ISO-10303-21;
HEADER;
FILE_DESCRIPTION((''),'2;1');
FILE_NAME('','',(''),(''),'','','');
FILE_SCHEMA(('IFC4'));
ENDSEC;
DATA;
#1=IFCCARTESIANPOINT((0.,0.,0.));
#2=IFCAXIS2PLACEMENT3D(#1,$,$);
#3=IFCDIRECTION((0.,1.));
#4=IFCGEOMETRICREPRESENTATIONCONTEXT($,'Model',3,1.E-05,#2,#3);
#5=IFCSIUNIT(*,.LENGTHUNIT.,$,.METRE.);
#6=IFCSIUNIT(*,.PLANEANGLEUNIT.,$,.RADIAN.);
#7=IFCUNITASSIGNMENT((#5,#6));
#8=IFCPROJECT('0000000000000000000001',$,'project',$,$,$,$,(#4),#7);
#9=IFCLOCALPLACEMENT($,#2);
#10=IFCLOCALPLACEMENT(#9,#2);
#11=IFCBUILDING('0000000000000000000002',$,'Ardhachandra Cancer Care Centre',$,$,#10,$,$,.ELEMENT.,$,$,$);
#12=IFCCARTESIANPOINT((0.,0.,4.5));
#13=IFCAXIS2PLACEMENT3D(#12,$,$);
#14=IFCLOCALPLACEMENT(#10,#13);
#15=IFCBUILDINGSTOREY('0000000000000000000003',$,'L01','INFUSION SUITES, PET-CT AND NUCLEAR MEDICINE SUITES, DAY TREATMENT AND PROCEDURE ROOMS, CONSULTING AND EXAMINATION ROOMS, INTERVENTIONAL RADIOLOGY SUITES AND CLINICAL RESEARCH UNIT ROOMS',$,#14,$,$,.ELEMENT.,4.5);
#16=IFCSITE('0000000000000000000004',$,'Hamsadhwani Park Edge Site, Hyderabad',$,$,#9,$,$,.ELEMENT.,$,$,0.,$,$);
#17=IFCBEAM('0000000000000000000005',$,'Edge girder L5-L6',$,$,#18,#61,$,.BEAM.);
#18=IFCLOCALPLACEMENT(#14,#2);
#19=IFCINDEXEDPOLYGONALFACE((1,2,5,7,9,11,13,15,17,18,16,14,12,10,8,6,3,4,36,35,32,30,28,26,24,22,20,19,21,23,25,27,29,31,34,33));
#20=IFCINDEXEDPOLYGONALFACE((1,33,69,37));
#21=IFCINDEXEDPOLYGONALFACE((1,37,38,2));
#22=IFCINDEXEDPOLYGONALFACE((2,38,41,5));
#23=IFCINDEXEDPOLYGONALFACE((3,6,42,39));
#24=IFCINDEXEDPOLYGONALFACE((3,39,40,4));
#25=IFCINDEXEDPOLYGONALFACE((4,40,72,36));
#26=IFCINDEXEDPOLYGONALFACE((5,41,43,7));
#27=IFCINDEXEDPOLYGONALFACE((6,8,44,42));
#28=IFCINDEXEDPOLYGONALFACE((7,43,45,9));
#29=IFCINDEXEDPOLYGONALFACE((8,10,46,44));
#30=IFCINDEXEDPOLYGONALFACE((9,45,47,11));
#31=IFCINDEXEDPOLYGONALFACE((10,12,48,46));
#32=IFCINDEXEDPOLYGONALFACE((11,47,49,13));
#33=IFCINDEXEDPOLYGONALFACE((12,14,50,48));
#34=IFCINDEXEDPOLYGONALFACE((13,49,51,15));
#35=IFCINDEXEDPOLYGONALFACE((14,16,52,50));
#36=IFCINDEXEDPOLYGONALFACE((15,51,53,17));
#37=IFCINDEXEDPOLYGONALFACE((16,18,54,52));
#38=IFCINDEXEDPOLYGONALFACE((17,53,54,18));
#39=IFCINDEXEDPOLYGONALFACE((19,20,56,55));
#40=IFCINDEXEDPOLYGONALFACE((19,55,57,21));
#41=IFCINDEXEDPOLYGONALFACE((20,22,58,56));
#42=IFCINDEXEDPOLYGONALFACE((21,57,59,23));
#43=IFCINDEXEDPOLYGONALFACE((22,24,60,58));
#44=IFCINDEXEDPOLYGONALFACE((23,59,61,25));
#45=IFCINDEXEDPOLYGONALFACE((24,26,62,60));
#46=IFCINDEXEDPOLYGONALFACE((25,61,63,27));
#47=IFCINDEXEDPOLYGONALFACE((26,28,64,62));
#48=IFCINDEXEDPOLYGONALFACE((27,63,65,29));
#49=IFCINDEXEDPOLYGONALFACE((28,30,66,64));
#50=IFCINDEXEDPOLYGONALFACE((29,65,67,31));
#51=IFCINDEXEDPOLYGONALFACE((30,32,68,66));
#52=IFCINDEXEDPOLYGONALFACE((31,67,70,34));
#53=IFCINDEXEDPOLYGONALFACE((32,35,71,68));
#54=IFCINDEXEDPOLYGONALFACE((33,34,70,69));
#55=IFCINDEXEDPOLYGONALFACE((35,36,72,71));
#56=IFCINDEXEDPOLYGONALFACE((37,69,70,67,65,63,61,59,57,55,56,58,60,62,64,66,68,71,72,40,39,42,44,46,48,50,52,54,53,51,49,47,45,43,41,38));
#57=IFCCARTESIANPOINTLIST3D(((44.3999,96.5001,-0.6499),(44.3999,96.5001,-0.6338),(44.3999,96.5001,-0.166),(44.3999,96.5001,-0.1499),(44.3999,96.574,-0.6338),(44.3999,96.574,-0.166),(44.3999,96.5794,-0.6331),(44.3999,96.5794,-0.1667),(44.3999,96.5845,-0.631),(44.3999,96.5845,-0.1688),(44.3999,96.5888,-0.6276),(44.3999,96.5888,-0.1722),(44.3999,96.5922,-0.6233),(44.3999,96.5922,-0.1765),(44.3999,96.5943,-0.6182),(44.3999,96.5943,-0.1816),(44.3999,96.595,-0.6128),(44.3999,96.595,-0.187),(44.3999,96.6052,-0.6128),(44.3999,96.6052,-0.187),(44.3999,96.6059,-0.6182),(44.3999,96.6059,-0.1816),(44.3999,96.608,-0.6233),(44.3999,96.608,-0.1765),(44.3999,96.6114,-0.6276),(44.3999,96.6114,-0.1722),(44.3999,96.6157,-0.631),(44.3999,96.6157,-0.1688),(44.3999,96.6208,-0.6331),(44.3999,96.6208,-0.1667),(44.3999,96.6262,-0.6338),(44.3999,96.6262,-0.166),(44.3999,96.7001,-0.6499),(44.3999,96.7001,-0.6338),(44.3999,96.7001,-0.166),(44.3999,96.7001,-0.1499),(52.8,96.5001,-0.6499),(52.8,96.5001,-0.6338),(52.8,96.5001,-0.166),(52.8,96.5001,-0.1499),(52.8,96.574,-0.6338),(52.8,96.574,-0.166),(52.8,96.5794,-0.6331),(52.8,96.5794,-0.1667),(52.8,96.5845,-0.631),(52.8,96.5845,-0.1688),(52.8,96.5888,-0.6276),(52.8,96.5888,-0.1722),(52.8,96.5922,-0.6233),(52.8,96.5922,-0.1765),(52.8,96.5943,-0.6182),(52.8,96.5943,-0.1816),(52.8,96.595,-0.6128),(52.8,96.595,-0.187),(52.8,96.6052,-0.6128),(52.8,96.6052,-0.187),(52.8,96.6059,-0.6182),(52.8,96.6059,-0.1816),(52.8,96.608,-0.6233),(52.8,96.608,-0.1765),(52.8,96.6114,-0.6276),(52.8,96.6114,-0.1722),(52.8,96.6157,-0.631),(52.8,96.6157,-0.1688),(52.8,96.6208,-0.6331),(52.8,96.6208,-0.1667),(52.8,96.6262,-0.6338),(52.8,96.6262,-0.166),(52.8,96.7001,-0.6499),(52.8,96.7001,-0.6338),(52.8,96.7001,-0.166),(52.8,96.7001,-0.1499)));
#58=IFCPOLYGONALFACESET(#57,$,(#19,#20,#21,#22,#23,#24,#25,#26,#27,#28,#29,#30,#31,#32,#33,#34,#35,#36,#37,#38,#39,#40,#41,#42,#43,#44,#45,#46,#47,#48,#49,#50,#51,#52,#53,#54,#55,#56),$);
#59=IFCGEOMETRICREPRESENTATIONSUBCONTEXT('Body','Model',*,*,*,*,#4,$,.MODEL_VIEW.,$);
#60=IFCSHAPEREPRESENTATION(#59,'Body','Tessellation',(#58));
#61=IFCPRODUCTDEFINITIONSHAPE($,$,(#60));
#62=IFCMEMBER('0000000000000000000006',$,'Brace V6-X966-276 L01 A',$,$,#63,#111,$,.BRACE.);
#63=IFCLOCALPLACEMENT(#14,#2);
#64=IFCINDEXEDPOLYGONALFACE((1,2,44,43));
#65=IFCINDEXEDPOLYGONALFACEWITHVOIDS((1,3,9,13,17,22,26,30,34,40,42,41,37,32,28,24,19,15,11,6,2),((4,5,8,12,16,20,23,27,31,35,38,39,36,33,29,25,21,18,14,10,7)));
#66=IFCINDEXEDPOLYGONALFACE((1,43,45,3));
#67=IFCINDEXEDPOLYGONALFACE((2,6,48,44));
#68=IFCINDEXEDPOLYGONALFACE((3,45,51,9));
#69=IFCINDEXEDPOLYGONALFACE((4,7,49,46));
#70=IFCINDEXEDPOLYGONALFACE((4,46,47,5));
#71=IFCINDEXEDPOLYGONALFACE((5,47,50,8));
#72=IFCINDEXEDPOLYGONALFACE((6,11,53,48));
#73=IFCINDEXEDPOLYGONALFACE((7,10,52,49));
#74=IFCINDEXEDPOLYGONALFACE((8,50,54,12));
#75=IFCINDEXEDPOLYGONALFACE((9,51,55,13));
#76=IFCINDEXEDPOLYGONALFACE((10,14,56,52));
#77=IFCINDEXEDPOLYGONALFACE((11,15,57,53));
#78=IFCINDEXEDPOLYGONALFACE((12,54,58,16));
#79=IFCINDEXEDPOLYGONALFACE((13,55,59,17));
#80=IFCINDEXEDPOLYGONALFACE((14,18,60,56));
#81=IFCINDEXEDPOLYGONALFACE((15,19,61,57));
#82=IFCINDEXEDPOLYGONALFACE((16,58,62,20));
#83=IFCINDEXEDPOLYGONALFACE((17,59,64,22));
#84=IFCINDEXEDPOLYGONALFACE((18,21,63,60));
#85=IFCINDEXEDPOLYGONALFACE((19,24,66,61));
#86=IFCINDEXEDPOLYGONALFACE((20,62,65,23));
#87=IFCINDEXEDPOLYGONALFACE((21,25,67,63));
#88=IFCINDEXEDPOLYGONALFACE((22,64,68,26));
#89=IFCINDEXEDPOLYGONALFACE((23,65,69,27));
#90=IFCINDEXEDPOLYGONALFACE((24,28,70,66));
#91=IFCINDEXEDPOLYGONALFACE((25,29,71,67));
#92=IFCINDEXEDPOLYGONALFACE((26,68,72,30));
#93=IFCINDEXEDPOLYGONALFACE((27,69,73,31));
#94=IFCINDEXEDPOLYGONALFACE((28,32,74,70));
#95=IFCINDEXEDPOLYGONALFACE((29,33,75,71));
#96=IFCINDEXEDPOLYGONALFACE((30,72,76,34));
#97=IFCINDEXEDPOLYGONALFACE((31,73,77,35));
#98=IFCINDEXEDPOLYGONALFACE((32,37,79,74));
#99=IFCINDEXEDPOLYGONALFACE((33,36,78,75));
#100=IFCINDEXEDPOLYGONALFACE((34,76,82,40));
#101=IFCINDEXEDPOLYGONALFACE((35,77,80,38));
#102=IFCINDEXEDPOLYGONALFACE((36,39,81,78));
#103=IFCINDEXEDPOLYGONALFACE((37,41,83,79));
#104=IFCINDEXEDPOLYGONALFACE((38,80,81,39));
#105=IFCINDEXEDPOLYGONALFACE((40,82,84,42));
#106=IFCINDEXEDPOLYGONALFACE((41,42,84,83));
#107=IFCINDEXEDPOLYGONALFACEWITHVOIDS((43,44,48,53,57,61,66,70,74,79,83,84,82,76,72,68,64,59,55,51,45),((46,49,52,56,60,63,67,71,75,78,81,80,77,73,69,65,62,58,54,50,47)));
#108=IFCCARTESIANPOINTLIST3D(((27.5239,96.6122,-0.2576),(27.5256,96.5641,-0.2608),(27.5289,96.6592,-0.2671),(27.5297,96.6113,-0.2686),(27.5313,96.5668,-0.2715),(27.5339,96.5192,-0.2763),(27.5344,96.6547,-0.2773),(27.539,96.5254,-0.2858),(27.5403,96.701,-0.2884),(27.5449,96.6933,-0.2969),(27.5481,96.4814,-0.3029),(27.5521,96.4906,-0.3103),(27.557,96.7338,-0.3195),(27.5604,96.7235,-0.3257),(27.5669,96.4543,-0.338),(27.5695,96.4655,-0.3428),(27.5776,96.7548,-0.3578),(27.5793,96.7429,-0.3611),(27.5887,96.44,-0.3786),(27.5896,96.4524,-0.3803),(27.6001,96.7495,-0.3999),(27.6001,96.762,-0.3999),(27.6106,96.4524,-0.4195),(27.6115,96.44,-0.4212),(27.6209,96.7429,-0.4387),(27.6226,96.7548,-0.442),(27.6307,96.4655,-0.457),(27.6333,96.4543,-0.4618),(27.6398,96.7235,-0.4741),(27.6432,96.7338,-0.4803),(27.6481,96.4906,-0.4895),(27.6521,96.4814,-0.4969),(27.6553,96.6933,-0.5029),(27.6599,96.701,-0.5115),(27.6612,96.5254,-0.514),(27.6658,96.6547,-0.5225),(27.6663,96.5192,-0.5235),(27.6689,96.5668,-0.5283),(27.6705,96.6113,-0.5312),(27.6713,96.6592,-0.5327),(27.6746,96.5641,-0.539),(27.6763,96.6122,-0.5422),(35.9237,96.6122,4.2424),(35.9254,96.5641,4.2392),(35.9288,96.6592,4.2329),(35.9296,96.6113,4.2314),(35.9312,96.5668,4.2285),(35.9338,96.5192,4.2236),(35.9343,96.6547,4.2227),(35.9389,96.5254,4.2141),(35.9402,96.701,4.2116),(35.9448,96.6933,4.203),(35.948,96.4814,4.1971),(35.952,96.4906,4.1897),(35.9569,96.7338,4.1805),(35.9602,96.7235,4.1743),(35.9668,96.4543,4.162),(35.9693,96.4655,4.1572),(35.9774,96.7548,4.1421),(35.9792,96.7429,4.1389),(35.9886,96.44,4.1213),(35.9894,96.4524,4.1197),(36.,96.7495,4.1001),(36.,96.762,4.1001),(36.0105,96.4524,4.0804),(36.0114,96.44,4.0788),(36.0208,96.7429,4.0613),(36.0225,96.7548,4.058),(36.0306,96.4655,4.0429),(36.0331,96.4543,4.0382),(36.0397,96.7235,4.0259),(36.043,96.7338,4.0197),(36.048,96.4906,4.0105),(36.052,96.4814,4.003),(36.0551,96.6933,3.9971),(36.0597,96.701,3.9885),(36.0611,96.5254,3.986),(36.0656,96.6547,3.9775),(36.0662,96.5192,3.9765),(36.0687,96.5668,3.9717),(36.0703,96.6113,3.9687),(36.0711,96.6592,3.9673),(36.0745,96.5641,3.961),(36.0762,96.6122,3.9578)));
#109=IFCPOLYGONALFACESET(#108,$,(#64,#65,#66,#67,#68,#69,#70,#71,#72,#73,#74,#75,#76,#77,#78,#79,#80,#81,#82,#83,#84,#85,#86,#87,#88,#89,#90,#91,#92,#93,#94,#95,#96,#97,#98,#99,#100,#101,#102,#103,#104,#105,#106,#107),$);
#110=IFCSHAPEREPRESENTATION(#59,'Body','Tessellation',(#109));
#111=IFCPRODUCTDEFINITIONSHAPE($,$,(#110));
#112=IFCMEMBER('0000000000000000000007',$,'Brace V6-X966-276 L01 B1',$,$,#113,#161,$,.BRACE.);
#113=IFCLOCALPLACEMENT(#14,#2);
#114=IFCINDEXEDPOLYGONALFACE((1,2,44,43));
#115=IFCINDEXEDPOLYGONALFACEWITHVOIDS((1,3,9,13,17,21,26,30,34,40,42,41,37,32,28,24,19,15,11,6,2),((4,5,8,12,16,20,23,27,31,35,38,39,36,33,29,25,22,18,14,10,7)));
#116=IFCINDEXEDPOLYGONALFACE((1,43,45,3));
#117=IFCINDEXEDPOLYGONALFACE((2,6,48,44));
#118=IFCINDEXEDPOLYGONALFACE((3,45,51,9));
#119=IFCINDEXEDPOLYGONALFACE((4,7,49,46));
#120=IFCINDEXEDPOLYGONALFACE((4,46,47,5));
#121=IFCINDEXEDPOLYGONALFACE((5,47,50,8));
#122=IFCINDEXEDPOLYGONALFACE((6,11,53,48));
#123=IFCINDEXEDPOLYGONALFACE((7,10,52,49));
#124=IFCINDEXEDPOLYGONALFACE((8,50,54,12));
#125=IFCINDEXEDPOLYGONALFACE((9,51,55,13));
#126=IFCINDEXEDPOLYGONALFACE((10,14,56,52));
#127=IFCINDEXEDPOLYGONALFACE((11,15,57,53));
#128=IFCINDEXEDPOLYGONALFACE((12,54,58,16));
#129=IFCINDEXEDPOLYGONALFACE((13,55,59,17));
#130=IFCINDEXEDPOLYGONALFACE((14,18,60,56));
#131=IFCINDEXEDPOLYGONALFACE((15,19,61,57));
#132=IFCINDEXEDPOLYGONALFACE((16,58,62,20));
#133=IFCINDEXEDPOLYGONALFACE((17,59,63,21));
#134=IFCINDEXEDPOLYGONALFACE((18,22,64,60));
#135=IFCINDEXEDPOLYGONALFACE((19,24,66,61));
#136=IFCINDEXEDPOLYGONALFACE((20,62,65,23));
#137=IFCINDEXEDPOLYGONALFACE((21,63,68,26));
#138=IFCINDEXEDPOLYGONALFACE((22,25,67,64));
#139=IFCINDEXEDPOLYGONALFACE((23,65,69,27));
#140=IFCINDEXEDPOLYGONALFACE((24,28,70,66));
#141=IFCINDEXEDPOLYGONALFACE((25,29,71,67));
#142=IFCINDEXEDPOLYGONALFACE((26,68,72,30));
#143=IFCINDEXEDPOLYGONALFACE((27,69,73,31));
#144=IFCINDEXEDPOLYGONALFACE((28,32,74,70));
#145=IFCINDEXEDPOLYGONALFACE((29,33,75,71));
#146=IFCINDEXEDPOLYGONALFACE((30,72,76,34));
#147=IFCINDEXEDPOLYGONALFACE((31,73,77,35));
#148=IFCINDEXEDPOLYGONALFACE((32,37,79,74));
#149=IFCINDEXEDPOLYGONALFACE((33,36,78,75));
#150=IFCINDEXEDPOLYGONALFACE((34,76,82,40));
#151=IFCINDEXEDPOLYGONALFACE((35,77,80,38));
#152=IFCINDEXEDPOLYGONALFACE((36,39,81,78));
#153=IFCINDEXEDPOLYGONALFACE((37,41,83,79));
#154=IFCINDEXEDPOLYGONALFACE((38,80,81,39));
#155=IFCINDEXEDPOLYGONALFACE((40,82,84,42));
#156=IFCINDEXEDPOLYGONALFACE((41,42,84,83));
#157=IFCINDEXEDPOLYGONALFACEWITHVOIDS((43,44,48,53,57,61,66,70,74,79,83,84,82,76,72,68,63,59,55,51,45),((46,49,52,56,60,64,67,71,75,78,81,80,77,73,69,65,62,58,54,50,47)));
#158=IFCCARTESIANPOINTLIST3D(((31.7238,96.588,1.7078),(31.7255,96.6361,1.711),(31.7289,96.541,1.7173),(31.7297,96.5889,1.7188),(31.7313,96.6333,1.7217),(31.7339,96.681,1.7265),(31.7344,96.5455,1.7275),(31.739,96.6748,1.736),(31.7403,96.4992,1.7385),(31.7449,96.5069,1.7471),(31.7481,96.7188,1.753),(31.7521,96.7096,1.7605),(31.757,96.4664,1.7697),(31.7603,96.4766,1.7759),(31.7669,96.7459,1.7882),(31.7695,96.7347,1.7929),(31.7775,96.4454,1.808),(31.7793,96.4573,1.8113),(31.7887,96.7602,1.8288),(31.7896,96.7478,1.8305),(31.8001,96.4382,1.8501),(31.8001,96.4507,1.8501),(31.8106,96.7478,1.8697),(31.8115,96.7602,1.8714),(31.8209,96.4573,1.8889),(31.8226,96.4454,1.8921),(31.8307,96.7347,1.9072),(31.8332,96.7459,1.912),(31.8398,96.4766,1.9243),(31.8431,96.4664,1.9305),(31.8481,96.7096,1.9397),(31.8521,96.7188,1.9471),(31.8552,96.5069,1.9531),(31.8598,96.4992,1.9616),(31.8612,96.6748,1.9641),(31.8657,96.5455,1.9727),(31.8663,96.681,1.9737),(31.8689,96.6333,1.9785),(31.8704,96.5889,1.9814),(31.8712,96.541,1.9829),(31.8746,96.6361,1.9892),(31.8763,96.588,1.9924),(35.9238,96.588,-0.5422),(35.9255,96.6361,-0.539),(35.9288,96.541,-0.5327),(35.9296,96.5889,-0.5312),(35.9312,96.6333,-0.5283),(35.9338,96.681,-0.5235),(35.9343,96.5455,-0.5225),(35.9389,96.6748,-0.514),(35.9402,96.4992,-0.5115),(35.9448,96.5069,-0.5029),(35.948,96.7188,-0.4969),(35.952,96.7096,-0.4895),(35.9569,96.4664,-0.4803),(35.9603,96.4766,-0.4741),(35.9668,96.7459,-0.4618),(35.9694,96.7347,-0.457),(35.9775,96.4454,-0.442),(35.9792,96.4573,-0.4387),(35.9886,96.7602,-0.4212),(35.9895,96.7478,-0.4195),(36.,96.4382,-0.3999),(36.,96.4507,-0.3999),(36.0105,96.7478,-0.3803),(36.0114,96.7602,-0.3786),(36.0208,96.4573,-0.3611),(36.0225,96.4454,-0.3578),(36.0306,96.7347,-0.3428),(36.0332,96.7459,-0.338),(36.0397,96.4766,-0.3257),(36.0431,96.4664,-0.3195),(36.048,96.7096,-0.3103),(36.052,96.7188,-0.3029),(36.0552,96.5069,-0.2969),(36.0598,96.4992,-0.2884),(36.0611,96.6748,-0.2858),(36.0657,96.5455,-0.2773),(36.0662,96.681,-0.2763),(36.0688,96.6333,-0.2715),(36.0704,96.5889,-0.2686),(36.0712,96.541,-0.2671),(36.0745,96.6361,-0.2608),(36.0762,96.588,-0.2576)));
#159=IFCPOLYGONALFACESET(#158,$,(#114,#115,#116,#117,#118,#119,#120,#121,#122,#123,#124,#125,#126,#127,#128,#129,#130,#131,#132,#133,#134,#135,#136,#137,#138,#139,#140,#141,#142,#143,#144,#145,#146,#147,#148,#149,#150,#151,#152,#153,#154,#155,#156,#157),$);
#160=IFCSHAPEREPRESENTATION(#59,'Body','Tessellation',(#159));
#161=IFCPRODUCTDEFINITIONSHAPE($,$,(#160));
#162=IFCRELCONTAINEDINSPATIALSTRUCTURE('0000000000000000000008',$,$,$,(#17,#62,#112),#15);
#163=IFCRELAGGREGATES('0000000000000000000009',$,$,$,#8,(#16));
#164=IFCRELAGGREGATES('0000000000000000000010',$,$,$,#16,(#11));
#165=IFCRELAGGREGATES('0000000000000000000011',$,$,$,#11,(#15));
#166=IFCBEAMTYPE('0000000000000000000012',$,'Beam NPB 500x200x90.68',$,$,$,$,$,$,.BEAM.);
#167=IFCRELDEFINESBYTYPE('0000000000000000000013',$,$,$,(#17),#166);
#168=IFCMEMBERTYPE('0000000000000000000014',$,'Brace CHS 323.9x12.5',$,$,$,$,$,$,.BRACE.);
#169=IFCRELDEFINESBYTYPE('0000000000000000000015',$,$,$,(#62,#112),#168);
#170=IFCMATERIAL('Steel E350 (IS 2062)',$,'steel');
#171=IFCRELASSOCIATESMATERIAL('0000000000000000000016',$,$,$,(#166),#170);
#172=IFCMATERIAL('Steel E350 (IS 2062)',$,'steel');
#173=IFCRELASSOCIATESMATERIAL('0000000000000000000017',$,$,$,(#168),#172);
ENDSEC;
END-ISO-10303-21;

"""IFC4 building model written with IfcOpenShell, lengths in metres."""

from ifc_helpers import new_model, si_unit, direction, frame, origin, origin_2d, place, context, subcontext, project, spatial, hollow_circle, i_section, extrude, material, material_profile, profile_set, type_object, element, save


model = new_model("IFC4")

# Units and contexts
model_context = context("Model", 3, precision=1e-05, world=origin(), true_north=direction((0.0, 1.0)))
body_context = subcontext(model_context, "Body", "Model", "MODEL_VIEW")
ifc_project = project(units=[si_unit("LENGTHUNIT", "METRE"), si_unit("PLANEANGLEUNIT", "RADIAN")], contexts=[model_context])

# Site, building, storey
site_placement = place(None, origin())
site = spatial("IfcSite", under=ifc_project, at=site_placement, Name="Hamsadhwani Park Edge Site, Hyderabad", CompositionType="ELEMENT", RefElevation=0.0)
building_placement = place(site_placement, origin())
building = spatial("IfcBuilding", under=site, at=building_placement, Name="Ardhachandra Cancer Care Centre", CompositionType="ELEMENT")
storey_placement = place(building_placement, frame((0.0, 0.0, 4.5)))
storey = spatial("IfcBuildingStorey", under=building, at=storey_placement, Name="L01", Description="INFUSION SUITES, PET-CT AND NUCLEAR MEDICINE SUITES, DAY TREATMENT AND PROCEDURE ROOMS, CONSULTING AND EXAMINATION ROOMS, INTERVENTIONAL RADIOLOGY SUITES AND CLINICAL RESEARCH UNIT ROOMS", CompositionType="ELEMENT", Elevation=4.5)

# Beam
ifc_material_1 = material(Name="Steel E350 (IS 2062)", Category="steel")
ifc_material_profile_1 = material_profile(ifc_material_1, i_section(OverallWidth=0.2, OverallDepth=0.5, WebThickness=0.0103, FlangeThickness=0.0161, FilletRadius=0.021, at=origin_2d()), Name="NPB 500x200x90.68")
ifc_profile_set_1 = profile_set([ifc_material_profile_1], Name="Steel E350 (IS 2062)")
beam_type = type_object("IfcBeamType", Name="Beam NPB 500x200x90.68", PredefinedType="BEAM", material=ifc_profile_set_1)
beam_placement = place(storey_placement, frame((44.3999, 96.6001, -0.3999), z_axis=(1.0, 0.0, 0.0), x_axis=(0.0, 1.0, 0.0)))
element("IfcBeam", 1, at=beam_placement, inside=storey, type_object=beam_type, Name="Edge girder L5-L6", PredefinedType="BEAM", context=body_context, shape_type="SweptSolid", body=[
    extrude(i_section(OverallWidth=0.2, OverallDepth=0.5, WebThickness=0.0103, FlangeThickness=0.0161, FilletRadius=0.021, at=origin_2d()), origin(), (0.0, 0.0, 1.0), 8.4001),
])

# Members
ifc_material_2 = material(Name="Steel E350 (IS 2062)", Category="steel")
ifc_material_profile_2 = material_profile(ifc_material_2, hollow_circle(Radius=0.1619, WallThickness=0.0125, at=origin_2d()), Name="CHS 323.9x12.5")
ifc_profile_set_2 = profile_set([ifc_material_profile_2], Name="Steel E350 (IS 2062)")
member_type_1 = type_object("IfcMemberType", Name="Brace CHS 323.9x12.5", PredefinedType="BRACE", material=ifc_profile_set_2)
member_1_placement = place(storey_placement, frame((27.6001, 96.6001, -0.3999), z_axis=(0.881478, 0.0, 0.472226), x_axis=(0.0, 1.0, 0.0)))
element("IfcMember", 2, at=member_1_placement, inside=storey, type_object=member_type_1, Name="Brace V6-X966-276 L01 A", PredefinedType="BRACE", context=body_context, shape_type="SweptSolid", body=[
    extrude(hollow_circle(Radius=0.1619, WallThickness=0.0125, at=origin_2d()), origin(), (0.0, 0.0, 1.0), 9.5293),
])
for number, where, z_axis, x_axis, name in (
    (3, (36.0, 96.6001, -0.3999), (-0.881478, 0.0, 0.472226), (0.0, -1.0, 0.0), "Brace V6-X966-276 L01 B1"),
):
    element("IfcMember", number, at=place(storey_placement, frame(where, z_axis=z_axis, x_axis=x_axis)), inside=storey, type_object=member_type_1, Name=name, PredefinedType="BRACE", context=body_context, shape_type="SweptSolid", body=[
        extrude(hollow_circle(Radius=0.1619, WallThickness=0.0125, at=origin_2d()), origin(), (0.0, 0.0, 1.0), 4.7646),
    ])

save(model, "model.ifc")
